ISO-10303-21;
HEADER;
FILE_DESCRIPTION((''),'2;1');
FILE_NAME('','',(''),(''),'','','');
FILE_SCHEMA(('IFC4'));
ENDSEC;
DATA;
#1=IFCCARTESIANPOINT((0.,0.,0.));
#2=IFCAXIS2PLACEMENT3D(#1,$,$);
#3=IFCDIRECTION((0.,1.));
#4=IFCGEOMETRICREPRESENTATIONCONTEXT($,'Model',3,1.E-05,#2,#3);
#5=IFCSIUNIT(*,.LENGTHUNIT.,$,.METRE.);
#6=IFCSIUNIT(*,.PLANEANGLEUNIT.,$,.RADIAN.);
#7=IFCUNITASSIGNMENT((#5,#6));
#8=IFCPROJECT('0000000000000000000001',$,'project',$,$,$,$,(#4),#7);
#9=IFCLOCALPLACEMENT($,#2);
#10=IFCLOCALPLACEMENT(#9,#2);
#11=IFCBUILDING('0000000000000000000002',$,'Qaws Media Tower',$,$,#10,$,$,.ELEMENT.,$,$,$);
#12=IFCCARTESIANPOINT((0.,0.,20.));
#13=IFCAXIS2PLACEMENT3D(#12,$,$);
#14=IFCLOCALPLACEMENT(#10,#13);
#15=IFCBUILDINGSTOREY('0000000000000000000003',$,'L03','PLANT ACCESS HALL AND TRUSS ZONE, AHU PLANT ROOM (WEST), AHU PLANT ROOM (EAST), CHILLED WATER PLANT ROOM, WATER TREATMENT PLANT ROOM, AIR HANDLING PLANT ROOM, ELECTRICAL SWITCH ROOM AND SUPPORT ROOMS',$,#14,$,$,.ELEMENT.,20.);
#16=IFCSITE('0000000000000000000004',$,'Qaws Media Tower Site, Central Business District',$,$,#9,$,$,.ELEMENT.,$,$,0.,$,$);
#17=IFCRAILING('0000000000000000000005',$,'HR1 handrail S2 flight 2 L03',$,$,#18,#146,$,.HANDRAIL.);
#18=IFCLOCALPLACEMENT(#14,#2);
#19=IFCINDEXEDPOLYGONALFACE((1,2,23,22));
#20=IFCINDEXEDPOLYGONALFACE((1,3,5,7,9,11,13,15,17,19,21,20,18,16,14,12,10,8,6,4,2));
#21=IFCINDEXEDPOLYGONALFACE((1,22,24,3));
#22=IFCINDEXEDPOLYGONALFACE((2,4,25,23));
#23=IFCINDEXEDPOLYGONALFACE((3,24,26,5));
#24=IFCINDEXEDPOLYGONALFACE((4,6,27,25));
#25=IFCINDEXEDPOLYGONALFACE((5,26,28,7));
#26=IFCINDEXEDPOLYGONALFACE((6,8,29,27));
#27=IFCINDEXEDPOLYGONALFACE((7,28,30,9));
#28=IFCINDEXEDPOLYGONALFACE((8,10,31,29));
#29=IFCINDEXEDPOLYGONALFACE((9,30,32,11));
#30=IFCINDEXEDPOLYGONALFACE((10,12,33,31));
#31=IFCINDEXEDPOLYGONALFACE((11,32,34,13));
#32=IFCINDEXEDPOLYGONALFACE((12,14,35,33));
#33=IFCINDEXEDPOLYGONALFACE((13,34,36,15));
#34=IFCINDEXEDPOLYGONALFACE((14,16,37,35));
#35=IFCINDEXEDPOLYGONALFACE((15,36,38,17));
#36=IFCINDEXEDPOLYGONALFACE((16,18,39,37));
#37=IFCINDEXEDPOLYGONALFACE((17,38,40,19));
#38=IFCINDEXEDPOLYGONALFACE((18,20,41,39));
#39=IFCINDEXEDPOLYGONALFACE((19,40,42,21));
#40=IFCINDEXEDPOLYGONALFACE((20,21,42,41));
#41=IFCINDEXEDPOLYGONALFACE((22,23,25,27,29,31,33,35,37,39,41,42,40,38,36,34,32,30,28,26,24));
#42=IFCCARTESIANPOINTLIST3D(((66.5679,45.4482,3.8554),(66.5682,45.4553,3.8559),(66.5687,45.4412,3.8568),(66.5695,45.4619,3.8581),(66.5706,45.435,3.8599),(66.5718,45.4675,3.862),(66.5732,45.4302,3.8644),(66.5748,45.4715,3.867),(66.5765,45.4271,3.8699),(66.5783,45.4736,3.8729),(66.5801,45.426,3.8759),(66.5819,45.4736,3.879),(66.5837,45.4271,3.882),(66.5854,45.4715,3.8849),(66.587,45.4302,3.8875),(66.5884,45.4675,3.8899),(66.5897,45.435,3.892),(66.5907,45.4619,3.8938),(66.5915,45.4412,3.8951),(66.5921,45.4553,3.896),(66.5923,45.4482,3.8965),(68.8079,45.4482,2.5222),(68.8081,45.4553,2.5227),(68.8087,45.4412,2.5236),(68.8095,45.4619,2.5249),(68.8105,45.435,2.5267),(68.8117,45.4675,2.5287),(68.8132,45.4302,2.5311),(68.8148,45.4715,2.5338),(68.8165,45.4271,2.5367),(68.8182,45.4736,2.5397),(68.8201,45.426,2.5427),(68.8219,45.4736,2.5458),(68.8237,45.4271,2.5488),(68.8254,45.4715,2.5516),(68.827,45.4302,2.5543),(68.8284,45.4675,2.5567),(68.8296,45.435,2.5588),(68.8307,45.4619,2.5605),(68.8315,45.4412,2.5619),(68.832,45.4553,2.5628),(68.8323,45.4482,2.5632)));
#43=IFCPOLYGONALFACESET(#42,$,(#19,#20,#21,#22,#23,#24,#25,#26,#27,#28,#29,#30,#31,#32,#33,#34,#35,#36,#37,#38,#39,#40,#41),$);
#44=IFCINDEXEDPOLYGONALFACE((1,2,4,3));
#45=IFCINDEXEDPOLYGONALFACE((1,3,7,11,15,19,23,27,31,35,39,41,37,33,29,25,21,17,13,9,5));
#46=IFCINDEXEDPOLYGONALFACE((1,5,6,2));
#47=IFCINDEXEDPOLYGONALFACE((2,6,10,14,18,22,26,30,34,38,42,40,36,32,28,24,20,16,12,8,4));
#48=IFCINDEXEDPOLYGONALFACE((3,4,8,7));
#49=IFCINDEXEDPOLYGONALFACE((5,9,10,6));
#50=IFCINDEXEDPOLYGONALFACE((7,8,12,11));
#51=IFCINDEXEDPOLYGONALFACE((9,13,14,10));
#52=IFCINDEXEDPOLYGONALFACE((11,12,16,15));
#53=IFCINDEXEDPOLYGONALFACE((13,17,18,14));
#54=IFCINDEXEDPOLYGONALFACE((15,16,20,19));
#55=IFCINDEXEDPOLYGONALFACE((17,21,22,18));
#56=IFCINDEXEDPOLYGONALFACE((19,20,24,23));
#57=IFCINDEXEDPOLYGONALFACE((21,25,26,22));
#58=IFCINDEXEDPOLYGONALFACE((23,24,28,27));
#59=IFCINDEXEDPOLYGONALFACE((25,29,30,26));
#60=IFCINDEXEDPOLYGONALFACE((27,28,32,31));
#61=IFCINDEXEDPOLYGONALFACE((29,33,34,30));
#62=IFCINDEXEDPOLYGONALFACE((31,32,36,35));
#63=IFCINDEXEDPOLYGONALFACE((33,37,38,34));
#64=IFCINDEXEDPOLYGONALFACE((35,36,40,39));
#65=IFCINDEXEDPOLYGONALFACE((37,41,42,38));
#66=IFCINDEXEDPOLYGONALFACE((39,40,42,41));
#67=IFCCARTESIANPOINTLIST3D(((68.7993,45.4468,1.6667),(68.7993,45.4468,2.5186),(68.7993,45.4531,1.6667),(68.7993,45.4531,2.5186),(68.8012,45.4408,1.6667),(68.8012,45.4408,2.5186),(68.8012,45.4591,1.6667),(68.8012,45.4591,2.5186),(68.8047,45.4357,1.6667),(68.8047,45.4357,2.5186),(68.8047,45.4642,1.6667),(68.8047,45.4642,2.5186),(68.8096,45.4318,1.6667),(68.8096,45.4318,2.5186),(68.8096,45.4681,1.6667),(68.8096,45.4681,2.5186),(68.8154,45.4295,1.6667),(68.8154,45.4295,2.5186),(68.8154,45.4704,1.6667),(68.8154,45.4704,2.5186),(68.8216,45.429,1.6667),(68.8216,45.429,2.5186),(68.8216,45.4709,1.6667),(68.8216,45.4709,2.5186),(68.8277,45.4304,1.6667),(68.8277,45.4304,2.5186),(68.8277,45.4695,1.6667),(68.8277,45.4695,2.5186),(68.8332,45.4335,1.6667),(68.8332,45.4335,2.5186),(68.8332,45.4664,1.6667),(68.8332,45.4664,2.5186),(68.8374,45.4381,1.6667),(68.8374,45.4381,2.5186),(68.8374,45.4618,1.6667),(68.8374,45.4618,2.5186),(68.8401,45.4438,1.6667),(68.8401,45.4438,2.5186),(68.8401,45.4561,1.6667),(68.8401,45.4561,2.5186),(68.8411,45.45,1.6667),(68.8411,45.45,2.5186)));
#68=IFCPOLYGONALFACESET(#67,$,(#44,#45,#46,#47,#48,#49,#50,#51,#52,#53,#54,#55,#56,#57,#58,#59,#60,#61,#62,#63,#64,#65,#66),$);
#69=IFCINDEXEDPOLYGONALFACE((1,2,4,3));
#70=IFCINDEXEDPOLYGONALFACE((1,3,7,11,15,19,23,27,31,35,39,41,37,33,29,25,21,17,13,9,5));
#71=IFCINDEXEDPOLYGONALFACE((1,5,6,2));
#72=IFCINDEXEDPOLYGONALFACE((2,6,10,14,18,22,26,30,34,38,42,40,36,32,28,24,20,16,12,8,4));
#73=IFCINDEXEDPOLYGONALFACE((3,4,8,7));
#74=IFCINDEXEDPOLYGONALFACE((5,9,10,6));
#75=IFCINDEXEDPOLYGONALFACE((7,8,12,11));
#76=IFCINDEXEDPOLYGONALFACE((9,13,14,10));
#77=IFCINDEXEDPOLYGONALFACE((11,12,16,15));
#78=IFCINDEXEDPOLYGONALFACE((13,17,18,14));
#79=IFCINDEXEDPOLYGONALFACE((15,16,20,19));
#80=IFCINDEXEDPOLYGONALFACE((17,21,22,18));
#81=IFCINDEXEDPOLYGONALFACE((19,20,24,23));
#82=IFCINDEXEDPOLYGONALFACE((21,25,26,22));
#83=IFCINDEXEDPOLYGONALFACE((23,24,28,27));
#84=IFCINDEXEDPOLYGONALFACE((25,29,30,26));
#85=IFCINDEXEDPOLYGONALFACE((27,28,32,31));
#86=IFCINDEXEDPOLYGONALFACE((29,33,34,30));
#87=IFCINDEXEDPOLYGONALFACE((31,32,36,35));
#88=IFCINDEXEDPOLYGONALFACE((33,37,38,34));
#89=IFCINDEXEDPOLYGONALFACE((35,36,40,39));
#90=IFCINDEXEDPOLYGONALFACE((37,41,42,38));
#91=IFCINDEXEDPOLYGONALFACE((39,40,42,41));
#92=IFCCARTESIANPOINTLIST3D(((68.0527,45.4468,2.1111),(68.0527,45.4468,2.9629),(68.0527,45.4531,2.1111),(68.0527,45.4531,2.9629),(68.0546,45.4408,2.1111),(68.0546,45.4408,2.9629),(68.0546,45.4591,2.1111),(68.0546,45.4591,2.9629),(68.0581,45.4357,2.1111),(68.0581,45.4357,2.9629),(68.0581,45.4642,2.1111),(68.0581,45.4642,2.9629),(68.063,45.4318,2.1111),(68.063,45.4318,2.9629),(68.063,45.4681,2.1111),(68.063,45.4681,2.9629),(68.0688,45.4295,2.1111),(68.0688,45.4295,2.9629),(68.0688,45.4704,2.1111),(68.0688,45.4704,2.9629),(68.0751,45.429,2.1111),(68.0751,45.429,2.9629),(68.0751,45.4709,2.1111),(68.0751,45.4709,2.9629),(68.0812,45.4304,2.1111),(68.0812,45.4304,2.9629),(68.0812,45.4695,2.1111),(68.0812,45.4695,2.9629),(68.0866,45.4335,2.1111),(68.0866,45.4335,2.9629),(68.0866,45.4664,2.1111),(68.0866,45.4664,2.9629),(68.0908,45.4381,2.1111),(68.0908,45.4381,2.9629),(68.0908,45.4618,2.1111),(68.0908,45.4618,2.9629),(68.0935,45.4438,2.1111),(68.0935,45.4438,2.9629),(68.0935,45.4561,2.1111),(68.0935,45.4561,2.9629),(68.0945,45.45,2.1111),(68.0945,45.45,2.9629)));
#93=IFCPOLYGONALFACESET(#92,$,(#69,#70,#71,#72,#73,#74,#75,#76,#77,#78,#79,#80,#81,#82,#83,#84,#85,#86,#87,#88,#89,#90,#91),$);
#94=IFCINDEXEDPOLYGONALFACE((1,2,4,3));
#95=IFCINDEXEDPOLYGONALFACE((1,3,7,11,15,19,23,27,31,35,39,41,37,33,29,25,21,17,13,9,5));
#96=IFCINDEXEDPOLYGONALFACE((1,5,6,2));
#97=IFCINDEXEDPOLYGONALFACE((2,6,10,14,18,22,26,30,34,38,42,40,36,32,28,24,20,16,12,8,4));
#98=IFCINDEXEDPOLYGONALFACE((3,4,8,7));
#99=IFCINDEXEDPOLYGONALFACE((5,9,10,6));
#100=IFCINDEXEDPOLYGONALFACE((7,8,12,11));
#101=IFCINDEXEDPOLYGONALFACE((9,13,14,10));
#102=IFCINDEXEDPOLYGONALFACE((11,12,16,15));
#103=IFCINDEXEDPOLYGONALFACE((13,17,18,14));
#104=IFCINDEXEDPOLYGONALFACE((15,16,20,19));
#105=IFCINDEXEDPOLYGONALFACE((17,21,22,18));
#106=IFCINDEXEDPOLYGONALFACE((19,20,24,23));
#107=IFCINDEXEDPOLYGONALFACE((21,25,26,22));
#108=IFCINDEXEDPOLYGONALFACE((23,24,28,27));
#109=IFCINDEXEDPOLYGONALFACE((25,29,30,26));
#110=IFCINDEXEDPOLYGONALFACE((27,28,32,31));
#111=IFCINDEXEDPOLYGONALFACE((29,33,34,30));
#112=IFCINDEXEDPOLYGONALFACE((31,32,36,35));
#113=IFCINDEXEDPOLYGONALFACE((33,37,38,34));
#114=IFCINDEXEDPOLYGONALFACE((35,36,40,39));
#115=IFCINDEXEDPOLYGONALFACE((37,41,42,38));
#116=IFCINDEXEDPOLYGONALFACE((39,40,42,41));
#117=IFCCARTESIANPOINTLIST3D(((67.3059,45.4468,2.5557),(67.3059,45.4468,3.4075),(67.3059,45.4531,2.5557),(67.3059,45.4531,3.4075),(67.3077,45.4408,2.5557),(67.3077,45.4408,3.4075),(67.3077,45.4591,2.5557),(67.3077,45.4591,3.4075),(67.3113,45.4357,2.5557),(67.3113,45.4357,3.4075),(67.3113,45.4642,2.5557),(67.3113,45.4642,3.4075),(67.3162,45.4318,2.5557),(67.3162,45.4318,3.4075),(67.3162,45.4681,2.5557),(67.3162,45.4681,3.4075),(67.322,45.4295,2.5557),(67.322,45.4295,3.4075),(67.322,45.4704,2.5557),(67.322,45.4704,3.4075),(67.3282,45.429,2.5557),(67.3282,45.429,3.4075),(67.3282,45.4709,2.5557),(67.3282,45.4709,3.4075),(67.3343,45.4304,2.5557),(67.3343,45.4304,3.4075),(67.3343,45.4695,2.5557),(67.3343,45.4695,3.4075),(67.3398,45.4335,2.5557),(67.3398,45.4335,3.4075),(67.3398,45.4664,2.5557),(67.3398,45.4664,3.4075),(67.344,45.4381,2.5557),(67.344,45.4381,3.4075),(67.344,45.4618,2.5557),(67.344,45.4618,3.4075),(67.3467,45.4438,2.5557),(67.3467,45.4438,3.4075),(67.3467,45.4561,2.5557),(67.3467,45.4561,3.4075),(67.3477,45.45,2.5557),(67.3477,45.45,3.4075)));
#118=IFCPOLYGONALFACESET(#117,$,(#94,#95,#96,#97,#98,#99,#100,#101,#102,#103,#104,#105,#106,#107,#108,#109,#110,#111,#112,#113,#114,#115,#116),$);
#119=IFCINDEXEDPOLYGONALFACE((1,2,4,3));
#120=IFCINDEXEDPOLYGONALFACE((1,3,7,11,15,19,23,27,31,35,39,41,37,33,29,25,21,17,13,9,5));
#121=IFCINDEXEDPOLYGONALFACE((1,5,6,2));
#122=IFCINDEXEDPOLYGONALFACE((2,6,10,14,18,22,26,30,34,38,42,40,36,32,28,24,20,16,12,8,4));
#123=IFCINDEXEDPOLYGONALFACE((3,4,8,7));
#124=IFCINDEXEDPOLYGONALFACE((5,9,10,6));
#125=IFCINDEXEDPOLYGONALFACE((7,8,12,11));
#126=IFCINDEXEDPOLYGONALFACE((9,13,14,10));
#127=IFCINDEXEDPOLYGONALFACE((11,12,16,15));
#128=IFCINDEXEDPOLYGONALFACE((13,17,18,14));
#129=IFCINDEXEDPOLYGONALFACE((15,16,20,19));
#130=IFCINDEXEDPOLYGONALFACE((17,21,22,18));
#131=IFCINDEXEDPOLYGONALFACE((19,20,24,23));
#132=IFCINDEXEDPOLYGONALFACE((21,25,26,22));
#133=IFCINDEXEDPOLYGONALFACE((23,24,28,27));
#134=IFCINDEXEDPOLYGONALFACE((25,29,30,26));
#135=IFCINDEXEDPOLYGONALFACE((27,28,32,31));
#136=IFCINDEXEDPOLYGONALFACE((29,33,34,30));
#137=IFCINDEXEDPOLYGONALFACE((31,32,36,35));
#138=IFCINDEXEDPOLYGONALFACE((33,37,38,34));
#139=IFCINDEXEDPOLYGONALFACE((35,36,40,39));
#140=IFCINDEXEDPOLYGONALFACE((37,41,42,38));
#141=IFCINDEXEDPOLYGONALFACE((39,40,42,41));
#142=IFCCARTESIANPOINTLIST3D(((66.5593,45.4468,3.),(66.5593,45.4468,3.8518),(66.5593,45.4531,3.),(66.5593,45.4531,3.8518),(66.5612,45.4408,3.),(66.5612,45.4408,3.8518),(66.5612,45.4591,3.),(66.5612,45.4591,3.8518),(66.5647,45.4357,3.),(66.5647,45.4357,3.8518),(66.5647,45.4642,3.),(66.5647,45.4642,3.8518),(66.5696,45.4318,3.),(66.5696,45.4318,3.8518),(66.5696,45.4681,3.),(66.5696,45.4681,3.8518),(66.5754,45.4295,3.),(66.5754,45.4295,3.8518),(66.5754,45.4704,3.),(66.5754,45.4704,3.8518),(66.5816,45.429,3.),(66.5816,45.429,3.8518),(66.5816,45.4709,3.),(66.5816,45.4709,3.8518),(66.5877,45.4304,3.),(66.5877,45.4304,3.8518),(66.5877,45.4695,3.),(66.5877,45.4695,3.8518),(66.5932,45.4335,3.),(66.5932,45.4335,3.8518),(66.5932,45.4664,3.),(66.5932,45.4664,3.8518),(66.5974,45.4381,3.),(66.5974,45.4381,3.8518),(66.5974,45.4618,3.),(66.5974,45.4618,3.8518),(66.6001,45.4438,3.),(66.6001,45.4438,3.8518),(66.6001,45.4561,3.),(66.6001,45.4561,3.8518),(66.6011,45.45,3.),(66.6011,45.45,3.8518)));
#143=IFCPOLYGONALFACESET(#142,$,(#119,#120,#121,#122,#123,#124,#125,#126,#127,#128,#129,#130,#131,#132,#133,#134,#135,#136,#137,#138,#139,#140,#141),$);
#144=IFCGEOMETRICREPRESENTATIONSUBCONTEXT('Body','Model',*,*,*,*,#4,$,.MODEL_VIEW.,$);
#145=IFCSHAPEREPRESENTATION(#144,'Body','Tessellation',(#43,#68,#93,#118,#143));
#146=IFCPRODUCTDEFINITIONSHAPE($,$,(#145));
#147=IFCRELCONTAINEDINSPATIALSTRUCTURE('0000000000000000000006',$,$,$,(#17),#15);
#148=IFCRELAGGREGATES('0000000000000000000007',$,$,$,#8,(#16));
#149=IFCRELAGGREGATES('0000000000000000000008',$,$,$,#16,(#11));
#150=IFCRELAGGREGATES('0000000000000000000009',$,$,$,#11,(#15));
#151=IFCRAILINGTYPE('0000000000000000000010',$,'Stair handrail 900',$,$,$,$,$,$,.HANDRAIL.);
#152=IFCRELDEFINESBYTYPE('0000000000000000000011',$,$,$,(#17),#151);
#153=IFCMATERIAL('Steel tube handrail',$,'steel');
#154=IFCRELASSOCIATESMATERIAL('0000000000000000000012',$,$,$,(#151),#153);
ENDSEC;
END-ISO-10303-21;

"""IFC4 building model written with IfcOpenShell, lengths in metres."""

from ifc_helpers import new_model, si_unit, direction, frame, origin, origin_2d, place, context, subcontext, project, spatial, circle, extrude, material, type_object, element, save


model = new_model("IFC4")

# Units and contexts
model_context = context("Model", 3, precision=1e-05, world=origin(), true_north=direction((0.0, 1.0)))
body_context = subcontext(model_context, "Body", "Model", "MODEL_VIEW")
ifc_project = project(units=[si_unit("LENGTHUNIT", "METRE"), si_unit("PLANEANGLEUNIT", "RADIAN")], contexts=[model_context])

# Site, building, storey
site_placement = place(None, origin())
site = spatial("IfcSite", under=ifc_project, at=site_placement, Name="Qaws Media Tower Site, Central Business District", CompositionType="ELEMENT", RefElevation=0.0)
building_placement = place(site_placement, origin())
building = spatial("IfcBuilding", under=site, at=building_placement, Name="Qaws Media Tower", CompositionType="ELEMENT")
storey_placement = place(building_placement, frame((0.0, 0.0, 20.0)))
storey = spatial("IfcBuildingStorey", under=building, at=storey_placement, Name="L03", Description="PLANT ACCESS HALL AND TRUSS ZONE, AHU PLANT ROOM (WEST), AHU PLANT ROOM (EAST), CHILLED WATER PLANT ROOM, WATER TREATMENT PLANT ROOM, AIR HANDLING PLANT ROOM, ELECTRICAL SWITCH ROOM AND SUPPORT ROOMS", CompositionType="ELEMENT", Elevation=20.0)

# Railing
ifc_material_1 = material(Name="Steel tube handrail", Category="steel")
railing_type = type_object("IfcRailingType", Name="Stair handrail 900", PredefinedType="HANDRAIL", material=ifc_material_1)
for number, where, name in (
    (1, (68.8201, 45.45, 1.6667), "HR1 handrail S2 flight 2 L03"),
):
    element("IfcRailing", number, at=place(storey_placement, frame(where)), inside=storey, type_object=railing_type, Name=name, PredefinedType="HANDRAIL", context=body_context, shape_type="SweptSolid", body=[
        extrude(circle(Radius=0.0239, at=origin_2d()), frame((0.0, 0.0, 0.876), z_axis=(-0.859306, 0.0, 0.511462), x_axis=(0.0, -1.0, 0.0)), (0.0, 0.0, 1.0), 2.6067),
        extrude(circle(Radius=0.021, at=origin_2d()), origin(), (0.0, 0.0, 1.0), 0.8518),
        extrude(circle(Radius=0.021, at=origin_2d()), frame((-0.7466, 0.0, 0.4443)), (0.0, 0.0, 1.0), 0.8518),
        extrude(circle(Radius=0.021, at=origin_2d()), frame((-1.4934, 0.0, 0.8889)), (0.0, 0.0, 1.0), 0.8518),
        extrude(circle(Radius=0.021, at=origin_2d()), frame((-2.24, 0.0, 1.3333)), (0.0, 0.0, 1.0), 0.8518),
    ])

save(model, "model.ifc")
